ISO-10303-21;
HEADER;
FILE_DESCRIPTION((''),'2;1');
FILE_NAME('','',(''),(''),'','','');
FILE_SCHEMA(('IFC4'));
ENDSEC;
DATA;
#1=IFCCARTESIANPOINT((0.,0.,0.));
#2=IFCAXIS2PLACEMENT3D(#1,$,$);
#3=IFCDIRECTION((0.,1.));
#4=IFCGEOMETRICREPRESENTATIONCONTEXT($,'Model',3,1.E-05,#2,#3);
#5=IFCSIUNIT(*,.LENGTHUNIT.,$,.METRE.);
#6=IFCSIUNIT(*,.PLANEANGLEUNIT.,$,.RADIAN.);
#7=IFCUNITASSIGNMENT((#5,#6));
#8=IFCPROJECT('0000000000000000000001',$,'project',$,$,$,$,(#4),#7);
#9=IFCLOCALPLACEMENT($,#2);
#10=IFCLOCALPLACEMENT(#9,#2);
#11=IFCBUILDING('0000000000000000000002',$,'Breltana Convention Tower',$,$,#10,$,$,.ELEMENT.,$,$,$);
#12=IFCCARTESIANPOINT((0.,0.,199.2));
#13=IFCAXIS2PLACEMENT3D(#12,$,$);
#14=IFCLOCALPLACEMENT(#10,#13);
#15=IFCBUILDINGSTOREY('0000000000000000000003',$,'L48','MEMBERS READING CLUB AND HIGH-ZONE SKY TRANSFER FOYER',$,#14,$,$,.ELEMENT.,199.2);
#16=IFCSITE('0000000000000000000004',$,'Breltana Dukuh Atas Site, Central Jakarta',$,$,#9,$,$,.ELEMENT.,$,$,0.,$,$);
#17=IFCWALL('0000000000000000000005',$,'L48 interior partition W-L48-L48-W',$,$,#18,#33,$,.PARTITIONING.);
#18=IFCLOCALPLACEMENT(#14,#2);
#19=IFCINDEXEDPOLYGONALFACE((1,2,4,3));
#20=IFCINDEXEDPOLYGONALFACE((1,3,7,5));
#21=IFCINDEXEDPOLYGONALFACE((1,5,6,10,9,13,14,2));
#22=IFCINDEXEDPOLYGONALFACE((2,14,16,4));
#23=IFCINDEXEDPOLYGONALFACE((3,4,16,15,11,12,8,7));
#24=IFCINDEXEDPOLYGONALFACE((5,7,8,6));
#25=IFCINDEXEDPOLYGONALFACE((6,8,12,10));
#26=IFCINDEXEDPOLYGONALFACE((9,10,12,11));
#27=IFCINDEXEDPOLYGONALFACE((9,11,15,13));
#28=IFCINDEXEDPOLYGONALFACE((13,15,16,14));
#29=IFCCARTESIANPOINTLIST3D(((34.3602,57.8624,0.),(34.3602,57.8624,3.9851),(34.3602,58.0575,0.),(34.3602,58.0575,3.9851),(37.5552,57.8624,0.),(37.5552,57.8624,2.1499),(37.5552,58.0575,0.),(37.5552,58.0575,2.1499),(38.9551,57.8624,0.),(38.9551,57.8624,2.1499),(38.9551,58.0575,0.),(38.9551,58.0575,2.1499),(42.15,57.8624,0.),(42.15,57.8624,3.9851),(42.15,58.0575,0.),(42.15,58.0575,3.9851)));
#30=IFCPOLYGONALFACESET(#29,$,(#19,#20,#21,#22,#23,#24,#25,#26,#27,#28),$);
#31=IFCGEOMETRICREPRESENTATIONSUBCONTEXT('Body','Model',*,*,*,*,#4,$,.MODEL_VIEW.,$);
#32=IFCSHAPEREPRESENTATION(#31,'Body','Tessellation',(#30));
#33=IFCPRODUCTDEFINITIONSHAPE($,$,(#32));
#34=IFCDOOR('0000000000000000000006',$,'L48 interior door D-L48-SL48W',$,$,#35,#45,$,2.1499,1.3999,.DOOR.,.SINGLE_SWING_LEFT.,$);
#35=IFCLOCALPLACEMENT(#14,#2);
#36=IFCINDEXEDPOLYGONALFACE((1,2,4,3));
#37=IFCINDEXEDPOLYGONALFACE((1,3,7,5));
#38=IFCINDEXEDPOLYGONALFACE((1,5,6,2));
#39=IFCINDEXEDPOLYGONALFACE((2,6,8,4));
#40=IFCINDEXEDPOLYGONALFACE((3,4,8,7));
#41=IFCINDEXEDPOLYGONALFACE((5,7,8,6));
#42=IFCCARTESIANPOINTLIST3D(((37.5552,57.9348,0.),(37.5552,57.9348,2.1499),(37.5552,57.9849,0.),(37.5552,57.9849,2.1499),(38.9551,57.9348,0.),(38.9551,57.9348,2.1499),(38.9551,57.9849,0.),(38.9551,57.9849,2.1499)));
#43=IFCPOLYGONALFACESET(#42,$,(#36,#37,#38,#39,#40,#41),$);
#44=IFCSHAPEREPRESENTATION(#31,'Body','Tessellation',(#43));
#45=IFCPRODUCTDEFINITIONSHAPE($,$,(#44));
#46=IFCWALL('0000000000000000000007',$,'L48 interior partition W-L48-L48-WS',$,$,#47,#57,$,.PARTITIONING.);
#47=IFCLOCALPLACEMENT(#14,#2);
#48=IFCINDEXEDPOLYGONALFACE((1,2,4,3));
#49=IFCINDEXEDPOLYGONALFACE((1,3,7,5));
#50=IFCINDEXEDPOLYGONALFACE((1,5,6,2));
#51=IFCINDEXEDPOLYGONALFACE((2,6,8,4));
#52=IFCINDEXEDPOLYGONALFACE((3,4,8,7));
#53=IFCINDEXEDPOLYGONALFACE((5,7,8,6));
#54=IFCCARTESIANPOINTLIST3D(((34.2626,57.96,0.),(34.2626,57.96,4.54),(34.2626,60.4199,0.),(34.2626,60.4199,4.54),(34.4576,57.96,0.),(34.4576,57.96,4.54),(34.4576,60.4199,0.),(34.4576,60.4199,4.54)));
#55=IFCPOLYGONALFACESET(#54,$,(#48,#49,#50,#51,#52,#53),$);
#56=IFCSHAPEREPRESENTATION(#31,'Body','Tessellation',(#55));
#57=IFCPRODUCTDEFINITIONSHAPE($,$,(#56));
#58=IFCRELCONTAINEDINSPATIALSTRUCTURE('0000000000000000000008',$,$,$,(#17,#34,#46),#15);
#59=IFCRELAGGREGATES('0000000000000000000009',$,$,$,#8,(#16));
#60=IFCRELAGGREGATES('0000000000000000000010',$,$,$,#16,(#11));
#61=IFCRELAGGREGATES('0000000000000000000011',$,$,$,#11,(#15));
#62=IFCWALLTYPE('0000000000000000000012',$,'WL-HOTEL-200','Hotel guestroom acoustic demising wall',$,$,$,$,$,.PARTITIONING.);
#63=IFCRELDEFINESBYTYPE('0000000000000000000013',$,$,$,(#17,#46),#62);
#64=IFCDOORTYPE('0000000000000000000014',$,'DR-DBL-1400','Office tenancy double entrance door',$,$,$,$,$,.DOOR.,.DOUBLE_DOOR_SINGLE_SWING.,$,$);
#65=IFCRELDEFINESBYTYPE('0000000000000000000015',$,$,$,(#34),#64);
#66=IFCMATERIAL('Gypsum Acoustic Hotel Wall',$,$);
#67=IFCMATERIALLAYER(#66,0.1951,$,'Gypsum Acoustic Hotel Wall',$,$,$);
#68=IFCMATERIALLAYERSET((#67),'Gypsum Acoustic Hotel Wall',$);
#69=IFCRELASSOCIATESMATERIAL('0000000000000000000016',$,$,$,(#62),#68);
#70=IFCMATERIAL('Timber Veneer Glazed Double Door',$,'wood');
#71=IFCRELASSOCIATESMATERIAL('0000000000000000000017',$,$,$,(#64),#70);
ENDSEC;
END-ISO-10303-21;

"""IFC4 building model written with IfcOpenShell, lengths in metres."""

from ifc_helpers import new_model, si_unit, direction, frame, frame_2d, origin, place, context, subcontext, project, spatial, rectangle, extrude, source, transform, mapped, material, layer, layer_set, type_object, type_shapes, element, fill, save


model = new_model("IFC4")

# Units and contexts
model_context = context("Model", 3, precision=1e-05, world=origin(), true_north=direction((0.0, 1.0)))
body_context = subcontext(model_context, "Body", "Model", "MODEL_VIEW")
ifc_project = project(units=[si_unit("LENGTHUNIT", "METRE"), si_unit("PLANEANGLEUNIT", "RADIAN")], contexts=[model_context])

# Site, building, storey
site_placement = place(None, origin())
site = spatial("IfcSite", under=ifc_project, at=site_placement, Name="Breltana Dukuh Atas Site, Central Jakarta", CompositionType="ELEMENT", RefElevation=0.0)
building_placement = place(site_placement, origin())
building = spatial("IfcBuilding", under=site, at=building_placement, Name="Breltana Convention Tower", CompositionType="ELEMENT")
storey_placement = place(building_placement, frame((0.0, 0.0, 199.2)))
storey = spatial("IfcBuildingStorey", under=building, at=storey_placement, Name="L48", Description="MEMBERS READING CLUB AND HIGH-ZONE SKY TRANSFER FOYER", CompositionType="ELEMENT", Elevation=199.2)

# Wall, opening, door
ifc_material_1 = material(Name="Gypsum Acoustic Hotel Wall")
ifc_layer_1 = layer(ifc_material_1, 0.1951, Name="Gypsum Acoustic Hotel Wall")
ifc_layer_set_1 = layer_set([ifc_layer_1], Name="Gypsum Acoustic Hotel Wall")
wall_type_1 = type_object("IfcWallType", Name="WL-HOTEL-200", Description="Hotel guestroom acoustic demising wall", PredefinedType="PARTITIONING", material=ifc_layer_set_1)
shared_shape_1 = source(origin(), body_context, "Body", "SweptSolid", [
    extrude(rectangle(XDim=7.7898, YDim=0.1951, at=frame_2d((3.895, 0.0))), origin(), (0.0, 0.0, 1.0), 3.9851),
])
wall_1_placement = place(storey_placement, frame((34.3601, 57.96, 0.0), z_axis=(0.0, 0.0, 1.0), x_axis=(1.0, 0.0, 0.0)))
wall_1 = element("IfcWall", 1, at=wall_1_placement, inside=storey, type_object=wall_type_1, Name="L48 interior partition W-L48-L48-W", PredefinedType="PARTITIONING", context=body_context, shape_type="MappedRepresentation", body=[
    mapped(shared_shape_1, transform((0.0, 0.0, 0.0), scale=1.0)),
])
opening_1_placement = place(wall_1_placement, frame((3.1951, 0.0, 0.0)))
opening_1 = element("IfcOpeningElement", 2, at=opening_1_placement, cuts=wall_1, PredefinedType="OPENING", context=body_context, shape_type="SweptSolid", body=[
    extrude(rectangle(XDim=1.3999, YDim=2.1499, at=frame_2d((0.7, 1.075))), frame((0.0, 0.1074, 0.0), z_axis=(0.0, -1.0, 0.0), x_axis=(1.0, 0.0, 0.0)), (0.0, 0.0, 1.0), 0.2151),
])
ifc_material_2 = material(Name="Timber Veneer Glazed Double Door", Category="wood")
door_type_1 = type_object("IfcDoorType", Name="DR-DBL-1400", Description="Office tenancy double entrance door", OperationType="DOUBLE_DOOR_SINGLE_SWING", PredefinedType="DOOR", material=ifc_material_2)
shared_shape_2 = source(origin(), body_context, "Body", "SweptSolid", [
    extrude(rectangle(XDim=1.3999, YDim=2.1499, at=frame_2d((0.7, 1.075))), frame((0.0, 0.0249, 0.0), z_axis=(0.0, -1.0, 0.0), x_axis=(1.0, 0.0, 0.0)), (0.0, 0.0, 1.0), 0.05),
])
type_shapes(door_type_1, [shared_shape_2])
door_1_placement = place(opening_1_placement, origin())
door_1 = element("IfcDoor", 3, at=door_1_placement, inside=storey, type_object=door_type_1, Name="L48 interior door D-L48-SL48W", OperationType="SINGLE_SWING_LEFT", OverallHeight=2.1499, OverallWidth=1.3999, PredefinedType="DOOR", context=body_context, shape_type="MappedRepresentation", body=[
    mapped(shared_shape_2, transform((0.0, 0.0, 0.0), scale=1.0)),
])
fill(opening_1, door_1)

# Wall
shared_shape_3 = source(origin(), body_context, "Body", "SweptSolid", [
    extrude(rectangle(XDim=2.46, YDim=0.1951, at=frame_2d((1.23, 0.0))), origin(), (0.0, 0.0, 1.0), 4.54),
])
wall_2_placement = place(storey_placement, frame((34.3601, 57.96, 0.0), z_axis=(0.0, 0.0, 1.0), x_axis=(0.0, 1.0, 0.0)))
element("IfcWall", 4, at=wall_2_placement, inside=storey, type_object=wall_type_1, Name="L48 interior partition W-L48-L48-WS", PredefinedType="PARTITIONING", context=body_context, shape_type="MappedRepresentation", body=[
    mapped(shared_shape_3, transform((0.0, 0.0, 0.0), scale=1.0)),
])

save(model, "model.ifc")
